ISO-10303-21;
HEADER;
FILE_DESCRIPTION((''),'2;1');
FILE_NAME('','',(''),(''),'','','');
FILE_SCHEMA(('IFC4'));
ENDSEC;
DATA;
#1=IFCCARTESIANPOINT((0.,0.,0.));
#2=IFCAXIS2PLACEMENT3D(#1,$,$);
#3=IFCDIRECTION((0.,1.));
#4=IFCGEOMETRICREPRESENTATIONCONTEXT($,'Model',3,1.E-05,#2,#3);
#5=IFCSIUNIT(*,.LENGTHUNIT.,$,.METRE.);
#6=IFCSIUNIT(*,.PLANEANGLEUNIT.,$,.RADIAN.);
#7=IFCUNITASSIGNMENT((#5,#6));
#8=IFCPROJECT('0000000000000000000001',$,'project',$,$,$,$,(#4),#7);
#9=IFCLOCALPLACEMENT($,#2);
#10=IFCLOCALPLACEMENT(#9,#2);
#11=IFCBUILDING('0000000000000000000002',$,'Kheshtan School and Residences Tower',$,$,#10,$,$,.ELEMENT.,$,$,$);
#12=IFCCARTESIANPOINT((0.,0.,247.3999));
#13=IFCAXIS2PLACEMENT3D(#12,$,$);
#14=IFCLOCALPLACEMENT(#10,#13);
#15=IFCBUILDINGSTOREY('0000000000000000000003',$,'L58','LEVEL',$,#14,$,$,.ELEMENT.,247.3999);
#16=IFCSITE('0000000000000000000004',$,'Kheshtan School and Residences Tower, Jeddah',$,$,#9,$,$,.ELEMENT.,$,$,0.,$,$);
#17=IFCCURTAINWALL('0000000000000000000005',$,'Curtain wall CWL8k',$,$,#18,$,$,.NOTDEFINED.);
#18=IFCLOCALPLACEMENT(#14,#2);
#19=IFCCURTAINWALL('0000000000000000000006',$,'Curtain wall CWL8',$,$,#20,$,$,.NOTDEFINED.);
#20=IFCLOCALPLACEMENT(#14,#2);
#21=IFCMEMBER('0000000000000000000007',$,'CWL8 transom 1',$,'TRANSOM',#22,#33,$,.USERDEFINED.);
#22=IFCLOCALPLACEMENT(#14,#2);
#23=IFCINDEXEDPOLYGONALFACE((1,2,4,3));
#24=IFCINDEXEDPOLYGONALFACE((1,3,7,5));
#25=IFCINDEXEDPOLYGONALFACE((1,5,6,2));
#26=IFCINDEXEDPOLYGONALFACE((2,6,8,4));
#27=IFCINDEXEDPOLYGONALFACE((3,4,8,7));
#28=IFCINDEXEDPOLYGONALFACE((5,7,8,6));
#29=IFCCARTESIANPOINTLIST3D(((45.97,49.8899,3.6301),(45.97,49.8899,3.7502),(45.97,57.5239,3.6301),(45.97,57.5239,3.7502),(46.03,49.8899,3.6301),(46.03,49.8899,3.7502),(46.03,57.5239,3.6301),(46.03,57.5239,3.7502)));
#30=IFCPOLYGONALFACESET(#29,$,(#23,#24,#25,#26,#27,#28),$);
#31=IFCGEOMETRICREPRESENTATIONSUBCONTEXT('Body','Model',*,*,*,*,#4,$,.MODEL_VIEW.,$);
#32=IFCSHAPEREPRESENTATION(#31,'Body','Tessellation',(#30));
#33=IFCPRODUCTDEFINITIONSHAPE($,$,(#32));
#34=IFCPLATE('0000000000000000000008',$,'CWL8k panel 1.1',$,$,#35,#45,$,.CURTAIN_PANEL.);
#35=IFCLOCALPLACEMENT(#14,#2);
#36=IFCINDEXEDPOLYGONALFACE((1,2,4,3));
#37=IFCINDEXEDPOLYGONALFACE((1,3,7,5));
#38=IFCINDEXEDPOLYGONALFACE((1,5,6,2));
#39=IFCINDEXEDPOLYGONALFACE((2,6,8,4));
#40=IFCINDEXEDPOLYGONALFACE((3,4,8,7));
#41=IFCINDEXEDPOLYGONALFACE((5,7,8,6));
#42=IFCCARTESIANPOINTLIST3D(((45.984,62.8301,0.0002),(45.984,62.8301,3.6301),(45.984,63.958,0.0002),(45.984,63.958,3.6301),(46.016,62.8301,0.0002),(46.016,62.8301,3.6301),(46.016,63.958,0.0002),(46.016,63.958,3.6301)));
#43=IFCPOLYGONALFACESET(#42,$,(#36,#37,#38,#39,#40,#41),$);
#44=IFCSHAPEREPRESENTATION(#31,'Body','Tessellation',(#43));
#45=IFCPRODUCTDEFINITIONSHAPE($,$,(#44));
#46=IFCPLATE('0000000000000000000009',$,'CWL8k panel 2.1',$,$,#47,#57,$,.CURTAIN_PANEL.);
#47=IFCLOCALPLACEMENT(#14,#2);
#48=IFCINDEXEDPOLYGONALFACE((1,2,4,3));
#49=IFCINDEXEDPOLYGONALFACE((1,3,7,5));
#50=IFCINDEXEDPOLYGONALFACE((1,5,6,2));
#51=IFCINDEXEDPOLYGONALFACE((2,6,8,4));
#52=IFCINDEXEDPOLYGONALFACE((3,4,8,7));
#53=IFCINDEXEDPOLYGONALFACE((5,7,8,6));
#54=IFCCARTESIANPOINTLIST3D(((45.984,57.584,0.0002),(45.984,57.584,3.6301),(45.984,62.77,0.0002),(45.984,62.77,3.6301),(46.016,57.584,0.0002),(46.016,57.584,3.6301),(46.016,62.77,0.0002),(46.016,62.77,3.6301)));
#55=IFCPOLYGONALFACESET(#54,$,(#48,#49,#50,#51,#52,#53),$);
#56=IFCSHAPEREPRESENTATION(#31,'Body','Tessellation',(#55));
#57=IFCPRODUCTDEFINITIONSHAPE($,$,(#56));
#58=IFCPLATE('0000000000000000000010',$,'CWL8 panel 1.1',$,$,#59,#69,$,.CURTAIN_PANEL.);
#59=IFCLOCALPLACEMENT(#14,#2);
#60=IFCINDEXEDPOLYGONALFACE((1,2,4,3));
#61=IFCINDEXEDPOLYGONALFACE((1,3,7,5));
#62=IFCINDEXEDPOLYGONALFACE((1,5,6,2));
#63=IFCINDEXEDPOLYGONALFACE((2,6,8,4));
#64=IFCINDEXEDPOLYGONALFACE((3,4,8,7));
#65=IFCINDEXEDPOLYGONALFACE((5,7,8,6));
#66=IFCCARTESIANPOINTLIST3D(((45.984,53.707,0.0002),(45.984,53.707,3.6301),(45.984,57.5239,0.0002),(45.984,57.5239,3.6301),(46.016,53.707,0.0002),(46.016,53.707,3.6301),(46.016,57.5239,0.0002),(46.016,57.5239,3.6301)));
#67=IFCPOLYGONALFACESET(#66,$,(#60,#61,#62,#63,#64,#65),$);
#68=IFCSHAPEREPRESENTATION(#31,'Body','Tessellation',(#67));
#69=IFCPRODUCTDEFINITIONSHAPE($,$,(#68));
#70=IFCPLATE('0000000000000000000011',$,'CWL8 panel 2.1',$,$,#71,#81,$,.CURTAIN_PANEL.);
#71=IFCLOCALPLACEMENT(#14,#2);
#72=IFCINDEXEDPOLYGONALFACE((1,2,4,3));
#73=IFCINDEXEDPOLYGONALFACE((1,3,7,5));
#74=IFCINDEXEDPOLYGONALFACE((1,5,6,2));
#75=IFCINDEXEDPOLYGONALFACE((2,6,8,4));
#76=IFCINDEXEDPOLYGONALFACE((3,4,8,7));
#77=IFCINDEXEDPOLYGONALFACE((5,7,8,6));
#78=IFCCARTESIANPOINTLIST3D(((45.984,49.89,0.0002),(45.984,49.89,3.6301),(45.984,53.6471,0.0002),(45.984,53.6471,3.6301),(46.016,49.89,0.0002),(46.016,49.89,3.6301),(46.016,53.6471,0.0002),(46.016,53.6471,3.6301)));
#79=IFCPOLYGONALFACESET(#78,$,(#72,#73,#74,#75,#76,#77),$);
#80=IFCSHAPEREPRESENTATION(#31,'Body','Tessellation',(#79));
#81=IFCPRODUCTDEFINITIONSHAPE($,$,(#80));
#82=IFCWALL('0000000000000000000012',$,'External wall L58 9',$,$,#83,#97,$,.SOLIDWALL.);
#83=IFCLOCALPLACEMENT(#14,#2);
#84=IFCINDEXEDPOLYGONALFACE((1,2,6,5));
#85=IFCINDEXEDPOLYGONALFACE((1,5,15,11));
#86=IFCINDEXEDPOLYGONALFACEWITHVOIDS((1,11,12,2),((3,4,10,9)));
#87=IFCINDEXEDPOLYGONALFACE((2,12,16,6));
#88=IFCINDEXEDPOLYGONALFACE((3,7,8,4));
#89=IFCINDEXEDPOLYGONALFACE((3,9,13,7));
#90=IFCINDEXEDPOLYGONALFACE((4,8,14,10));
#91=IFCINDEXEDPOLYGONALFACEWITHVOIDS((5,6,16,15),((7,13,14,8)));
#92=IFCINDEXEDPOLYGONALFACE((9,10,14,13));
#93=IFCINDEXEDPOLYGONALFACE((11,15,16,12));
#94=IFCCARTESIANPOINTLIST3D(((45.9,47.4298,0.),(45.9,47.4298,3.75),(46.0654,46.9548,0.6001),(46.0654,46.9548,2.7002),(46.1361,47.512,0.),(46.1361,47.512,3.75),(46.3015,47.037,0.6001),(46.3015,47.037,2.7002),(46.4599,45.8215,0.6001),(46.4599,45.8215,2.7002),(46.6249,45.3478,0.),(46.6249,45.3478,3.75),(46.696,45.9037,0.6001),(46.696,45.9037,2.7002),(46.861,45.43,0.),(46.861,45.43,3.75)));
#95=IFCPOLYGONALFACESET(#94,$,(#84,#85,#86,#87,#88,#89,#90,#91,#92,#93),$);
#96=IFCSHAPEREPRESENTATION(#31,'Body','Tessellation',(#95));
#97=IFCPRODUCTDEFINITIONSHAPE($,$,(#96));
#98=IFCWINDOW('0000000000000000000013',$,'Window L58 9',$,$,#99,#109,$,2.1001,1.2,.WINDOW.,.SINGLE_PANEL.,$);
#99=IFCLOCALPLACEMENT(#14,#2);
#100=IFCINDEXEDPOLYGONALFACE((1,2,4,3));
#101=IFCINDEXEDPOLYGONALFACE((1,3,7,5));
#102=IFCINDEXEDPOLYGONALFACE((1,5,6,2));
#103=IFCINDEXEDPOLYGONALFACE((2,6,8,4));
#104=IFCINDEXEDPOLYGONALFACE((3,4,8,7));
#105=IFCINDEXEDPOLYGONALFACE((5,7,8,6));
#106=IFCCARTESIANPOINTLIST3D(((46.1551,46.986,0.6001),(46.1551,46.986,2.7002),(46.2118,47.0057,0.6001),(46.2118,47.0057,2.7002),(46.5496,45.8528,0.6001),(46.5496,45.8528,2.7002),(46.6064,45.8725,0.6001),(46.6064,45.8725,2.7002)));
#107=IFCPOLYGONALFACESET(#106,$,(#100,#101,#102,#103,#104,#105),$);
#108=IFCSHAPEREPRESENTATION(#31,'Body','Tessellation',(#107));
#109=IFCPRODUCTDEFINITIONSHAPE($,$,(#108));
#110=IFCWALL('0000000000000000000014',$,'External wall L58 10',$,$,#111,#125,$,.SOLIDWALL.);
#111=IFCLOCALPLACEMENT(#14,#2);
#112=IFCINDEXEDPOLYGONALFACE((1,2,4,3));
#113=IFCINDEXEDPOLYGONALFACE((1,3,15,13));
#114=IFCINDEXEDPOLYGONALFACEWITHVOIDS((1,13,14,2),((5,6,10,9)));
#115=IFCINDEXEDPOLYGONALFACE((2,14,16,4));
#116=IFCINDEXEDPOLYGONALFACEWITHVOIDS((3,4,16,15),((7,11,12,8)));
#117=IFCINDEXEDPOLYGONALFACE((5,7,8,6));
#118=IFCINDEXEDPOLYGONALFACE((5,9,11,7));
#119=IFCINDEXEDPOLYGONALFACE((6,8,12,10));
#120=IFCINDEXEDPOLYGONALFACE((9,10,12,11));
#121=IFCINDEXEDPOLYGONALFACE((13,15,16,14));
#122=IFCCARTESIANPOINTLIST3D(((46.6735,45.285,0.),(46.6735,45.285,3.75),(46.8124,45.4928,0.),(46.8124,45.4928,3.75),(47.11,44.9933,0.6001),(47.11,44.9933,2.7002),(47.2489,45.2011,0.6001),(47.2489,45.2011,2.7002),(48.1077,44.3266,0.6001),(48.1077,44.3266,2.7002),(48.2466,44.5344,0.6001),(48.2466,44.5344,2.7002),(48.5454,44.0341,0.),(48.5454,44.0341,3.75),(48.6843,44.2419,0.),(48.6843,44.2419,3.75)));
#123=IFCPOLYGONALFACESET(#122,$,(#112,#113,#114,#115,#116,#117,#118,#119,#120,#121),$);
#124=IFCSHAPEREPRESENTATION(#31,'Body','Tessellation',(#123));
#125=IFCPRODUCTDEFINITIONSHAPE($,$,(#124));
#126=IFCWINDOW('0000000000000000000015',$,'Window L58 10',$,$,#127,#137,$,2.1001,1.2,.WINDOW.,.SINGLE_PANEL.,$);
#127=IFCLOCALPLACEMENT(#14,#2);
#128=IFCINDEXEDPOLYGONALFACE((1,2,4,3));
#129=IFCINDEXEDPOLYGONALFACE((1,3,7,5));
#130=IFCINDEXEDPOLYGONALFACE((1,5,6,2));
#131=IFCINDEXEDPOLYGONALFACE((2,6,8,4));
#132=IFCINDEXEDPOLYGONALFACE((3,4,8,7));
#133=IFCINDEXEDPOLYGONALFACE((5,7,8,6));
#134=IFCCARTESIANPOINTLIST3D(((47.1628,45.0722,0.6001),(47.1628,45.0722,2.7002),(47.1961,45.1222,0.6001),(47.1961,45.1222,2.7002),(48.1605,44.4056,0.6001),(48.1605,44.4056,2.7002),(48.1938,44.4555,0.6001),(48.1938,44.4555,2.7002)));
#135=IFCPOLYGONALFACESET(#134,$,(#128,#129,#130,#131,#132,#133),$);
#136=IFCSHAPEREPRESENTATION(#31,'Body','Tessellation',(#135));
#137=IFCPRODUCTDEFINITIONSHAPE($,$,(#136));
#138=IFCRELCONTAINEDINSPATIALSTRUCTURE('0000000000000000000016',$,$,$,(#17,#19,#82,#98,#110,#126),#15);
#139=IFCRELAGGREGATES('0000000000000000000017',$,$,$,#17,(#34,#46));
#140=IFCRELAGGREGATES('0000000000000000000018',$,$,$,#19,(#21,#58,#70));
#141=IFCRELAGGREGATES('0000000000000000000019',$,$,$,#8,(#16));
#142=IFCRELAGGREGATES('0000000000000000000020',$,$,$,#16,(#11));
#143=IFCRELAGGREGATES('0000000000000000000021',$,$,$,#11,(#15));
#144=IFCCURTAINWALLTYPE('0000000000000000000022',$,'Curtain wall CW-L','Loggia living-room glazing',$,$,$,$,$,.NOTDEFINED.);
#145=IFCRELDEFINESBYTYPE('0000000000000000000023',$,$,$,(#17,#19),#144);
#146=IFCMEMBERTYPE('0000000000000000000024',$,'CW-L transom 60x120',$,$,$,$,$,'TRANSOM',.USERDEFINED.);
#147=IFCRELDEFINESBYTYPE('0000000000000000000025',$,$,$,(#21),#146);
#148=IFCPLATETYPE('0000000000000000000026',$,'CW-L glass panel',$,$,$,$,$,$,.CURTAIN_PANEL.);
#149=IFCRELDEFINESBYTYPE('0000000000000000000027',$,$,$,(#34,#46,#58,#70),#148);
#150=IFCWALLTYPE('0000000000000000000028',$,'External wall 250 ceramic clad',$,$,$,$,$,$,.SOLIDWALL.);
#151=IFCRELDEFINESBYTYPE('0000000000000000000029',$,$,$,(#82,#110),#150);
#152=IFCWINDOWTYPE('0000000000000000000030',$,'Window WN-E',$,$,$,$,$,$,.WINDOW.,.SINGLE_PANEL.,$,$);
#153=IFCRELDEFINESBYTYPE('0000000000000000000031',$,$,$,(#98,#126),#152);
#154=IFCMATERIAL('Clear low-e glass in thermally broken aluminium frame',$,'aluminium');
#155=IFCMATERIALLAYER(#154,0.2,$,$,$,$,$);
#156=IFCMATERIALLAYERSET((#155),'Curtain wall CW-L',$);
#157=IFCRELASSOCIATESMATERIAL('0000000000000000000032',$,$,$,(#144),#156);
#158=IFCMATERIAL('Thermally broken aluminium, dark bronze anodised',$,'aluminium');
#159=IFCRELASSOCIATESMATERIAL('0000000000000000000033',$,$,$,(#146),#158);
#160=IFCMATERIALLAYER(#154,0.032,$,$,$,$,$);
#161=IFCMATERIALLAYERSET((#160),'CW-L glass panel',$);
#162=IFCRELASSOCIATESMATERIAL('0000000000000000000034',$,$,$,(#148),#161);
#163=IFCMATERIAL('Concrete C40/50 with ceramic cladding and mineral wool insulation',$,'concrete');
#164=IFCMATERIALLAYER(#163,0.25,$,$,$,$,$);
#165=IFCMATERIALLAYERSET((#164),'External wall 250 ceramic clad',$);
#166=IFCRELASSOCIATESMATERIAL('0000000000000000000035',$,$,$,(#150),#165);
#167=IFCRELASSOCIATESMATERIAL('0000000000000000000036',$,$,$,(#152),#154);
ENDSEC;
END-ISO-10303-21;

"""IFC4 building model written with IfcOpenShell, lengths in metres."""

from ifc_helpers import new_model, si_unit, direction, frame, frame_2d, origin, origin_2d, place, context, subcontext, project, spatial, rectangle, extrude, source, transform, mapped, material, layer, layer_set, material_profile, profile_set, type_object, element, fill, aggregate, save


model = new_model("IFC4")

# Units and contexts
model_context = context("Model", 3, precision=1e-05, world=origin(), true_north=direction((0.0, 1.0)))
body_context = subcontext(model_context, "Body", "Model", "MODEL_VIEW")
ifc_project = project(units=[si_unit("LENGTHUNIT", "METRE"), si_unit("PLANEANGLEUNIT", "RADIAN")], contexts=[model_context])

# Site, building, storey
site_placement = place(None, origin())
site = spatial("IfcSite", under=ifc_project, at=site_placement, Name="Kheshtan School and Residences Tower, Jeddah", CompositionType="ELEMENT", RefElevation=0.0)
building_placement = place(site_placement, origin())
building = spatial("IfcBuilding", under=site, at=building_placement, Name="Kheshtan School and Residences Tower", CompositionType="ELEMENT")
storey_placement = place(building_placement, frame((0.0, 0.0, 247.3999)))
storey = spatial("IfcBuildingStorey", under=building, at=storey_placement, Name="L58", Description="LEVEL", CompositionType="ELEMENT", Elevation=247.3999)

# Curtain walls, member
ifc_material_1 = material(Name="Clear low-e glass in thermally broken aluminium frame", Category="aluminium")
ifc_layer_1 = layer(ifc_material_1, 0.2)
ifc_layer_set_1 = layer_set([ifc_layer_1], Name="Curtain wall CW-L")
curtain_wall_type = type_object("IfcCurtainWallType", Name="Curtain wall CW-L", Description="Loggia living-room glazing", PredefinedType="NOTDEFINED", material=ifc_layer_set_1)
curtain_wall_1_placement = place(storey_placement, origin())
curtain_wall_1 = element("IfcCurtainWall", 1, at=curtain_wall_1_placement, inside=storey, type_object=curtain_wall_type, Name="Curtain wall CWL8k", PredefinedType="NOTDEFINED")
ifc_material_2 = material(Name="Thermally broken aluminium, dark bronze anodised", Category="aluminium")
curtain_wall_2_placement = place(storey_placement, origin())
curtain_wall_2 = element("IfcCurtainWall", 2, at=curtain_wall_2_placement, inside=storey, type_object=curtain_wall_type, Name="Curtain wall CWL8", PredefinedType="NOTDEFINED")
ifc_material_profile_1 = material_profile(ifc_material_2, rectangle(XDim=0.0601, YDim=0.1201, at=origin_2d()), Name="CW-L transom 60x120")
ifc_profile_set_1 = profile_set([ifc_material_profile_1], Name="Thermally broken aluminium, dark bronze anodised")
member_type_1 = type_object("IfcMemberType", Name="CW-L transom 60x120", ElementType="TRANSOM", PredefinedType="USERDEFINED", material=ifc_profile_set_1)
member_1_placement = place(storey_placement, frame((46.0, 57.5239, 3.6902), z_axis=(0.0, -1.0, 0.0), x_axis=(1.0, 0.0, 0.0)))
member_1 = element("IfcMember", 3, at=member_1_placement, type_object=member_type_1, Name="CWL8 transom 1", ObjectType="TRANSOM", PredefinedType="USERDEFINED", context=body_context, shape_type="SweptSolid", body=[
    extrude(rectangle(XDim=0.0601, YDim=0.1201, at=origin_2d()), origin(), (0.0, 0.0, 1.0), 7.634),
])

# Plates
ifc_layer_2 = layer(ifc_material_1, 0.032)
ifc_layer_set_2 = layer_set([ifc_layer_2], Name="CW-L glass panel")
plate_type = type_object("IfcPlateType", Name="CW-L glass panel", PredefinedType="CURTAIN_PANEL", material=ifc_layer_set_2)
plate_1_placement = place(storey_placement, frame((46.0, 63.394, 0.0002), z_axis=(0.0, 0.0, 1.0), x_axis=(0.0, -1.0, 0.0)))
plate_1 = element("IfcPlate", 4, at=plate_1_placement, type_object=plate_type, Name="CWL8k panel 1.1", PredefinedType="CURTAIN_PANEL", context=body_context, shape_type="SweptSolid", body=[
    extrude(rectangle(XDim=1.1279, YDim=0.032, at=origin_2d()), origin(), (0.0, 0.0, 1.0), 3.6299),
])
plate_2_placement = place(storey_placement, frame((46.0, 60.177, 0.0002), z_axis=(0.0, 0.0, 1.0), x_axis=(0.0, -1.0, 0.0)))
plate_2 = element("IfcPlate", 5, at=plate_2_placement, type_object=plate_type, Name="CWL8k panel 2.1", PredefinedType="CURTAIN_PANEL", context=body_context, shape_type="SweptSolid", body=[
    extrude(rectangle(XDim=5.186, YDim=0.032, at=origin_2d()), origin(), (0.0, 0.0, 1.0), 3.6299),
])
aggregate(curtain_wall_1, [plate_1, plate_2])
plate_3_placement = place(storey_placement, frame((46.0, 55.6155, 0.0002), z_axis=(0.0, 0.0, 1.0), x_axis=(0.0, -1.0, 0.0)))
plate_3 = element("IfcPlate", 6, at=plate_3_placement, type_object=plate_type, Name="CWL8 panel 1.1", PredefinedType="CURTAIN_PANEL", context=body_context, shape_type="SweptSolid", body=[
    extrude(rectangle(XDim=3.8169, YDim=0.032, at=origin_2d()), origin(), (0.0, 0.0, 1.0), 3.6299),
])
plate_4_placement = place(storey_placement, frame((46.0, 51.7686, 0.0002), z_axis=(0.0, 0.0, 1.0), x_axis=(0.0, -1.0, 0.0)))
plate_4 = element("IfcPlate", 7, at=plate_4_placement, type_object=plate_type, Name="CWL8 panel 2.1", PredefinedType="CURTAIN_PANEL", context=body_context, shape_type="SweptSolid", body=[
    extrude(rectangle(XDim=3.7571, YDim=0.032, at=origin_2d()), origin(), (0.0, 0.0, 1.0), 3.6299),
])
aggregate(curtain_wall_2, [member_1, plate_3, plate_4])

# Walls, openings, windows
ifc_material_3 = material(Name="Concrete C40/50 with ceramic cladding and mineral wool insulation", Category="concrete")
ifc_layer_3 = layer(ifc_material_3, 0.25)
ifc_layer_set_3 = layer_set([ifc_layer_3], Name="External wall 250 ceramic clad")
wall_type_1 = type_object("IfcWallType", Name="External wall 250 ceramic clad", PredefinedType="SOLIDWALL", material=ifc_layer_set_3)
wall_1_placement = place(storey_placement, frame((46.0181, 47.4709, 0.0), z_axis=(0.0, 0.0, 1.0), x_axis=(0.328791, -0.944403, 0.0)))
wall_1 = element("IfcWall", 8, at=wall_1_placement, inside=storey, type_object=wall_type_1, Name="External wall L58 9", PredefinedType="SOLIDWALL", context=body_context, shape_type="SweptSolid", body=[
    extrude(rectangle(XDim=2.2046, YDim=0.25, at=frame_2d((1.1023, 0.0))), origin(), (0.0, 0.0, 1.0), 3.75),
])
opening_1_placement = place(wall_1_placement, frame((0.5029, 0.0, 0.6001)))
opening_1 = element("IfcOpeningElement", 9, at=opening_1_placement, cuts=wall_1, PredefinedType="OPENING", context=body_context, shape_type="SweptSolid", body=[
    extrude(rectangle(XDim=1.2, YDim=2.1001, at=frame_2d((0.6001, 1.05))), frame((0.0, 0.135, 0.0), z_axis=(0.0, -1.0, 0.0), x_axis=(1.0, 0.0, 0.0)), (0.0, 0.0, 1.0), 0.27),
])
window_type = type_object("IfcWindowType", Name="Window WN-E", PartitioningType="SINGLE_PANEL", PredefinedType="WINDOW", material=ifc_material_1)
shared_shape_1 = source(origin(), body_context, "Body", "SweptSolid", [
    extrude(rectangle(XDim=1.2, YDim=2.1001, at=frame_2d((0.6001, 1.05))), frame((0.0, 0.03, 0.0), z_axis=(0.0, -1.0, 0.0), x_axis=(1.0, 0.0, 0.0)), (0.0, 0.0, 1.0), 0.0601),
])
window_1_placement = place(opening_1_placement, origin())
window_1 = element("IfcWindow", 10, at=window_1_placement, inside=storey, type_object=window_type, Name="Window L58 9", OverallHeight=2.1001, OverallWidth=1.2, PartitioningType="SINGLE_PANEL", PredefinedType="WINDOW", context=body_context, shape_type="MappedRepresentation", body=[
    mapped(shared_shape_1, transform((0.0, 0.0, 0.0), x_axis=(1.0, 0.0, 0.0), y_axis=(0.0, 1.0, 0.0), z_axis=(0.0, 0.0, 1.0), scale=1.0)),
])
fill(opening_1, window_1)
wall_2_placement = place(storey_placement, frame((46.7429, 45.3889, 0.0), z_axis=(0.0, 0.0, 1.0), x_axis=(0.831449, -0.555601, 0.0)))
wall_2 = element("IfcWall", 11, at=wall_2_placement, inside=storey, type_object=wall_type_1, Name="External wall L58 10", PredefinedType="SOLIDWALL", context=body_context, shape_type="SweptSolid", body=[
    extrude(rectangle(XDim=2.2515, YDim=0.25, at=frame_2d((1.1257, 0.0))), origin(), (0.0, 0.0, 1.0), 3.75),
])
opening_2_placement = place(wall_2_placement, frame((0.5249, 0.0, 0.6001)))
opening_2 = element("IfcOpeningElement", 12, at=opening_2_placement, cuts=wall_2, PredefinedType="OPENING", context=body_context, shape_type="SweptSolid", body=[
    extrude(rectangle(XDim=1.2, YDim=2.1001, at=frame_2d((0.6001, 1.05))), frame((0.0, 0.135, 0.0), z_axis=(0.0, -1.0, 0.0), x_axis=(1.0, 0.0, 0.0)), (0.0, 0.0, 1.0), 0.27),
])
window_2_placement = place(opening_2_placement, origin())
window_2 = element("IfcWindow", 13, at=window_2_placement, inside=storey, type_object=window_type, Name="Window L58 10", OverallHeight=2.1001, OverallWidth=1.2, PartitioningType="SINGLE_PANEL", PredefinedType="WINDOW", context=body_context, shape_type="MappedRepresentation", body=[
    mapped(shared_shape_1, transform((0.0, 0.0, 0.0), x_axis=(1.0, 0.0, 0.0), y_axis=(0.0, 1.0, 0.0), z_axis=(0.0, 0.0, 1.0), scale=1.0)),
])
fill(opening_2, window_2)

save(model, "model.ifc")
